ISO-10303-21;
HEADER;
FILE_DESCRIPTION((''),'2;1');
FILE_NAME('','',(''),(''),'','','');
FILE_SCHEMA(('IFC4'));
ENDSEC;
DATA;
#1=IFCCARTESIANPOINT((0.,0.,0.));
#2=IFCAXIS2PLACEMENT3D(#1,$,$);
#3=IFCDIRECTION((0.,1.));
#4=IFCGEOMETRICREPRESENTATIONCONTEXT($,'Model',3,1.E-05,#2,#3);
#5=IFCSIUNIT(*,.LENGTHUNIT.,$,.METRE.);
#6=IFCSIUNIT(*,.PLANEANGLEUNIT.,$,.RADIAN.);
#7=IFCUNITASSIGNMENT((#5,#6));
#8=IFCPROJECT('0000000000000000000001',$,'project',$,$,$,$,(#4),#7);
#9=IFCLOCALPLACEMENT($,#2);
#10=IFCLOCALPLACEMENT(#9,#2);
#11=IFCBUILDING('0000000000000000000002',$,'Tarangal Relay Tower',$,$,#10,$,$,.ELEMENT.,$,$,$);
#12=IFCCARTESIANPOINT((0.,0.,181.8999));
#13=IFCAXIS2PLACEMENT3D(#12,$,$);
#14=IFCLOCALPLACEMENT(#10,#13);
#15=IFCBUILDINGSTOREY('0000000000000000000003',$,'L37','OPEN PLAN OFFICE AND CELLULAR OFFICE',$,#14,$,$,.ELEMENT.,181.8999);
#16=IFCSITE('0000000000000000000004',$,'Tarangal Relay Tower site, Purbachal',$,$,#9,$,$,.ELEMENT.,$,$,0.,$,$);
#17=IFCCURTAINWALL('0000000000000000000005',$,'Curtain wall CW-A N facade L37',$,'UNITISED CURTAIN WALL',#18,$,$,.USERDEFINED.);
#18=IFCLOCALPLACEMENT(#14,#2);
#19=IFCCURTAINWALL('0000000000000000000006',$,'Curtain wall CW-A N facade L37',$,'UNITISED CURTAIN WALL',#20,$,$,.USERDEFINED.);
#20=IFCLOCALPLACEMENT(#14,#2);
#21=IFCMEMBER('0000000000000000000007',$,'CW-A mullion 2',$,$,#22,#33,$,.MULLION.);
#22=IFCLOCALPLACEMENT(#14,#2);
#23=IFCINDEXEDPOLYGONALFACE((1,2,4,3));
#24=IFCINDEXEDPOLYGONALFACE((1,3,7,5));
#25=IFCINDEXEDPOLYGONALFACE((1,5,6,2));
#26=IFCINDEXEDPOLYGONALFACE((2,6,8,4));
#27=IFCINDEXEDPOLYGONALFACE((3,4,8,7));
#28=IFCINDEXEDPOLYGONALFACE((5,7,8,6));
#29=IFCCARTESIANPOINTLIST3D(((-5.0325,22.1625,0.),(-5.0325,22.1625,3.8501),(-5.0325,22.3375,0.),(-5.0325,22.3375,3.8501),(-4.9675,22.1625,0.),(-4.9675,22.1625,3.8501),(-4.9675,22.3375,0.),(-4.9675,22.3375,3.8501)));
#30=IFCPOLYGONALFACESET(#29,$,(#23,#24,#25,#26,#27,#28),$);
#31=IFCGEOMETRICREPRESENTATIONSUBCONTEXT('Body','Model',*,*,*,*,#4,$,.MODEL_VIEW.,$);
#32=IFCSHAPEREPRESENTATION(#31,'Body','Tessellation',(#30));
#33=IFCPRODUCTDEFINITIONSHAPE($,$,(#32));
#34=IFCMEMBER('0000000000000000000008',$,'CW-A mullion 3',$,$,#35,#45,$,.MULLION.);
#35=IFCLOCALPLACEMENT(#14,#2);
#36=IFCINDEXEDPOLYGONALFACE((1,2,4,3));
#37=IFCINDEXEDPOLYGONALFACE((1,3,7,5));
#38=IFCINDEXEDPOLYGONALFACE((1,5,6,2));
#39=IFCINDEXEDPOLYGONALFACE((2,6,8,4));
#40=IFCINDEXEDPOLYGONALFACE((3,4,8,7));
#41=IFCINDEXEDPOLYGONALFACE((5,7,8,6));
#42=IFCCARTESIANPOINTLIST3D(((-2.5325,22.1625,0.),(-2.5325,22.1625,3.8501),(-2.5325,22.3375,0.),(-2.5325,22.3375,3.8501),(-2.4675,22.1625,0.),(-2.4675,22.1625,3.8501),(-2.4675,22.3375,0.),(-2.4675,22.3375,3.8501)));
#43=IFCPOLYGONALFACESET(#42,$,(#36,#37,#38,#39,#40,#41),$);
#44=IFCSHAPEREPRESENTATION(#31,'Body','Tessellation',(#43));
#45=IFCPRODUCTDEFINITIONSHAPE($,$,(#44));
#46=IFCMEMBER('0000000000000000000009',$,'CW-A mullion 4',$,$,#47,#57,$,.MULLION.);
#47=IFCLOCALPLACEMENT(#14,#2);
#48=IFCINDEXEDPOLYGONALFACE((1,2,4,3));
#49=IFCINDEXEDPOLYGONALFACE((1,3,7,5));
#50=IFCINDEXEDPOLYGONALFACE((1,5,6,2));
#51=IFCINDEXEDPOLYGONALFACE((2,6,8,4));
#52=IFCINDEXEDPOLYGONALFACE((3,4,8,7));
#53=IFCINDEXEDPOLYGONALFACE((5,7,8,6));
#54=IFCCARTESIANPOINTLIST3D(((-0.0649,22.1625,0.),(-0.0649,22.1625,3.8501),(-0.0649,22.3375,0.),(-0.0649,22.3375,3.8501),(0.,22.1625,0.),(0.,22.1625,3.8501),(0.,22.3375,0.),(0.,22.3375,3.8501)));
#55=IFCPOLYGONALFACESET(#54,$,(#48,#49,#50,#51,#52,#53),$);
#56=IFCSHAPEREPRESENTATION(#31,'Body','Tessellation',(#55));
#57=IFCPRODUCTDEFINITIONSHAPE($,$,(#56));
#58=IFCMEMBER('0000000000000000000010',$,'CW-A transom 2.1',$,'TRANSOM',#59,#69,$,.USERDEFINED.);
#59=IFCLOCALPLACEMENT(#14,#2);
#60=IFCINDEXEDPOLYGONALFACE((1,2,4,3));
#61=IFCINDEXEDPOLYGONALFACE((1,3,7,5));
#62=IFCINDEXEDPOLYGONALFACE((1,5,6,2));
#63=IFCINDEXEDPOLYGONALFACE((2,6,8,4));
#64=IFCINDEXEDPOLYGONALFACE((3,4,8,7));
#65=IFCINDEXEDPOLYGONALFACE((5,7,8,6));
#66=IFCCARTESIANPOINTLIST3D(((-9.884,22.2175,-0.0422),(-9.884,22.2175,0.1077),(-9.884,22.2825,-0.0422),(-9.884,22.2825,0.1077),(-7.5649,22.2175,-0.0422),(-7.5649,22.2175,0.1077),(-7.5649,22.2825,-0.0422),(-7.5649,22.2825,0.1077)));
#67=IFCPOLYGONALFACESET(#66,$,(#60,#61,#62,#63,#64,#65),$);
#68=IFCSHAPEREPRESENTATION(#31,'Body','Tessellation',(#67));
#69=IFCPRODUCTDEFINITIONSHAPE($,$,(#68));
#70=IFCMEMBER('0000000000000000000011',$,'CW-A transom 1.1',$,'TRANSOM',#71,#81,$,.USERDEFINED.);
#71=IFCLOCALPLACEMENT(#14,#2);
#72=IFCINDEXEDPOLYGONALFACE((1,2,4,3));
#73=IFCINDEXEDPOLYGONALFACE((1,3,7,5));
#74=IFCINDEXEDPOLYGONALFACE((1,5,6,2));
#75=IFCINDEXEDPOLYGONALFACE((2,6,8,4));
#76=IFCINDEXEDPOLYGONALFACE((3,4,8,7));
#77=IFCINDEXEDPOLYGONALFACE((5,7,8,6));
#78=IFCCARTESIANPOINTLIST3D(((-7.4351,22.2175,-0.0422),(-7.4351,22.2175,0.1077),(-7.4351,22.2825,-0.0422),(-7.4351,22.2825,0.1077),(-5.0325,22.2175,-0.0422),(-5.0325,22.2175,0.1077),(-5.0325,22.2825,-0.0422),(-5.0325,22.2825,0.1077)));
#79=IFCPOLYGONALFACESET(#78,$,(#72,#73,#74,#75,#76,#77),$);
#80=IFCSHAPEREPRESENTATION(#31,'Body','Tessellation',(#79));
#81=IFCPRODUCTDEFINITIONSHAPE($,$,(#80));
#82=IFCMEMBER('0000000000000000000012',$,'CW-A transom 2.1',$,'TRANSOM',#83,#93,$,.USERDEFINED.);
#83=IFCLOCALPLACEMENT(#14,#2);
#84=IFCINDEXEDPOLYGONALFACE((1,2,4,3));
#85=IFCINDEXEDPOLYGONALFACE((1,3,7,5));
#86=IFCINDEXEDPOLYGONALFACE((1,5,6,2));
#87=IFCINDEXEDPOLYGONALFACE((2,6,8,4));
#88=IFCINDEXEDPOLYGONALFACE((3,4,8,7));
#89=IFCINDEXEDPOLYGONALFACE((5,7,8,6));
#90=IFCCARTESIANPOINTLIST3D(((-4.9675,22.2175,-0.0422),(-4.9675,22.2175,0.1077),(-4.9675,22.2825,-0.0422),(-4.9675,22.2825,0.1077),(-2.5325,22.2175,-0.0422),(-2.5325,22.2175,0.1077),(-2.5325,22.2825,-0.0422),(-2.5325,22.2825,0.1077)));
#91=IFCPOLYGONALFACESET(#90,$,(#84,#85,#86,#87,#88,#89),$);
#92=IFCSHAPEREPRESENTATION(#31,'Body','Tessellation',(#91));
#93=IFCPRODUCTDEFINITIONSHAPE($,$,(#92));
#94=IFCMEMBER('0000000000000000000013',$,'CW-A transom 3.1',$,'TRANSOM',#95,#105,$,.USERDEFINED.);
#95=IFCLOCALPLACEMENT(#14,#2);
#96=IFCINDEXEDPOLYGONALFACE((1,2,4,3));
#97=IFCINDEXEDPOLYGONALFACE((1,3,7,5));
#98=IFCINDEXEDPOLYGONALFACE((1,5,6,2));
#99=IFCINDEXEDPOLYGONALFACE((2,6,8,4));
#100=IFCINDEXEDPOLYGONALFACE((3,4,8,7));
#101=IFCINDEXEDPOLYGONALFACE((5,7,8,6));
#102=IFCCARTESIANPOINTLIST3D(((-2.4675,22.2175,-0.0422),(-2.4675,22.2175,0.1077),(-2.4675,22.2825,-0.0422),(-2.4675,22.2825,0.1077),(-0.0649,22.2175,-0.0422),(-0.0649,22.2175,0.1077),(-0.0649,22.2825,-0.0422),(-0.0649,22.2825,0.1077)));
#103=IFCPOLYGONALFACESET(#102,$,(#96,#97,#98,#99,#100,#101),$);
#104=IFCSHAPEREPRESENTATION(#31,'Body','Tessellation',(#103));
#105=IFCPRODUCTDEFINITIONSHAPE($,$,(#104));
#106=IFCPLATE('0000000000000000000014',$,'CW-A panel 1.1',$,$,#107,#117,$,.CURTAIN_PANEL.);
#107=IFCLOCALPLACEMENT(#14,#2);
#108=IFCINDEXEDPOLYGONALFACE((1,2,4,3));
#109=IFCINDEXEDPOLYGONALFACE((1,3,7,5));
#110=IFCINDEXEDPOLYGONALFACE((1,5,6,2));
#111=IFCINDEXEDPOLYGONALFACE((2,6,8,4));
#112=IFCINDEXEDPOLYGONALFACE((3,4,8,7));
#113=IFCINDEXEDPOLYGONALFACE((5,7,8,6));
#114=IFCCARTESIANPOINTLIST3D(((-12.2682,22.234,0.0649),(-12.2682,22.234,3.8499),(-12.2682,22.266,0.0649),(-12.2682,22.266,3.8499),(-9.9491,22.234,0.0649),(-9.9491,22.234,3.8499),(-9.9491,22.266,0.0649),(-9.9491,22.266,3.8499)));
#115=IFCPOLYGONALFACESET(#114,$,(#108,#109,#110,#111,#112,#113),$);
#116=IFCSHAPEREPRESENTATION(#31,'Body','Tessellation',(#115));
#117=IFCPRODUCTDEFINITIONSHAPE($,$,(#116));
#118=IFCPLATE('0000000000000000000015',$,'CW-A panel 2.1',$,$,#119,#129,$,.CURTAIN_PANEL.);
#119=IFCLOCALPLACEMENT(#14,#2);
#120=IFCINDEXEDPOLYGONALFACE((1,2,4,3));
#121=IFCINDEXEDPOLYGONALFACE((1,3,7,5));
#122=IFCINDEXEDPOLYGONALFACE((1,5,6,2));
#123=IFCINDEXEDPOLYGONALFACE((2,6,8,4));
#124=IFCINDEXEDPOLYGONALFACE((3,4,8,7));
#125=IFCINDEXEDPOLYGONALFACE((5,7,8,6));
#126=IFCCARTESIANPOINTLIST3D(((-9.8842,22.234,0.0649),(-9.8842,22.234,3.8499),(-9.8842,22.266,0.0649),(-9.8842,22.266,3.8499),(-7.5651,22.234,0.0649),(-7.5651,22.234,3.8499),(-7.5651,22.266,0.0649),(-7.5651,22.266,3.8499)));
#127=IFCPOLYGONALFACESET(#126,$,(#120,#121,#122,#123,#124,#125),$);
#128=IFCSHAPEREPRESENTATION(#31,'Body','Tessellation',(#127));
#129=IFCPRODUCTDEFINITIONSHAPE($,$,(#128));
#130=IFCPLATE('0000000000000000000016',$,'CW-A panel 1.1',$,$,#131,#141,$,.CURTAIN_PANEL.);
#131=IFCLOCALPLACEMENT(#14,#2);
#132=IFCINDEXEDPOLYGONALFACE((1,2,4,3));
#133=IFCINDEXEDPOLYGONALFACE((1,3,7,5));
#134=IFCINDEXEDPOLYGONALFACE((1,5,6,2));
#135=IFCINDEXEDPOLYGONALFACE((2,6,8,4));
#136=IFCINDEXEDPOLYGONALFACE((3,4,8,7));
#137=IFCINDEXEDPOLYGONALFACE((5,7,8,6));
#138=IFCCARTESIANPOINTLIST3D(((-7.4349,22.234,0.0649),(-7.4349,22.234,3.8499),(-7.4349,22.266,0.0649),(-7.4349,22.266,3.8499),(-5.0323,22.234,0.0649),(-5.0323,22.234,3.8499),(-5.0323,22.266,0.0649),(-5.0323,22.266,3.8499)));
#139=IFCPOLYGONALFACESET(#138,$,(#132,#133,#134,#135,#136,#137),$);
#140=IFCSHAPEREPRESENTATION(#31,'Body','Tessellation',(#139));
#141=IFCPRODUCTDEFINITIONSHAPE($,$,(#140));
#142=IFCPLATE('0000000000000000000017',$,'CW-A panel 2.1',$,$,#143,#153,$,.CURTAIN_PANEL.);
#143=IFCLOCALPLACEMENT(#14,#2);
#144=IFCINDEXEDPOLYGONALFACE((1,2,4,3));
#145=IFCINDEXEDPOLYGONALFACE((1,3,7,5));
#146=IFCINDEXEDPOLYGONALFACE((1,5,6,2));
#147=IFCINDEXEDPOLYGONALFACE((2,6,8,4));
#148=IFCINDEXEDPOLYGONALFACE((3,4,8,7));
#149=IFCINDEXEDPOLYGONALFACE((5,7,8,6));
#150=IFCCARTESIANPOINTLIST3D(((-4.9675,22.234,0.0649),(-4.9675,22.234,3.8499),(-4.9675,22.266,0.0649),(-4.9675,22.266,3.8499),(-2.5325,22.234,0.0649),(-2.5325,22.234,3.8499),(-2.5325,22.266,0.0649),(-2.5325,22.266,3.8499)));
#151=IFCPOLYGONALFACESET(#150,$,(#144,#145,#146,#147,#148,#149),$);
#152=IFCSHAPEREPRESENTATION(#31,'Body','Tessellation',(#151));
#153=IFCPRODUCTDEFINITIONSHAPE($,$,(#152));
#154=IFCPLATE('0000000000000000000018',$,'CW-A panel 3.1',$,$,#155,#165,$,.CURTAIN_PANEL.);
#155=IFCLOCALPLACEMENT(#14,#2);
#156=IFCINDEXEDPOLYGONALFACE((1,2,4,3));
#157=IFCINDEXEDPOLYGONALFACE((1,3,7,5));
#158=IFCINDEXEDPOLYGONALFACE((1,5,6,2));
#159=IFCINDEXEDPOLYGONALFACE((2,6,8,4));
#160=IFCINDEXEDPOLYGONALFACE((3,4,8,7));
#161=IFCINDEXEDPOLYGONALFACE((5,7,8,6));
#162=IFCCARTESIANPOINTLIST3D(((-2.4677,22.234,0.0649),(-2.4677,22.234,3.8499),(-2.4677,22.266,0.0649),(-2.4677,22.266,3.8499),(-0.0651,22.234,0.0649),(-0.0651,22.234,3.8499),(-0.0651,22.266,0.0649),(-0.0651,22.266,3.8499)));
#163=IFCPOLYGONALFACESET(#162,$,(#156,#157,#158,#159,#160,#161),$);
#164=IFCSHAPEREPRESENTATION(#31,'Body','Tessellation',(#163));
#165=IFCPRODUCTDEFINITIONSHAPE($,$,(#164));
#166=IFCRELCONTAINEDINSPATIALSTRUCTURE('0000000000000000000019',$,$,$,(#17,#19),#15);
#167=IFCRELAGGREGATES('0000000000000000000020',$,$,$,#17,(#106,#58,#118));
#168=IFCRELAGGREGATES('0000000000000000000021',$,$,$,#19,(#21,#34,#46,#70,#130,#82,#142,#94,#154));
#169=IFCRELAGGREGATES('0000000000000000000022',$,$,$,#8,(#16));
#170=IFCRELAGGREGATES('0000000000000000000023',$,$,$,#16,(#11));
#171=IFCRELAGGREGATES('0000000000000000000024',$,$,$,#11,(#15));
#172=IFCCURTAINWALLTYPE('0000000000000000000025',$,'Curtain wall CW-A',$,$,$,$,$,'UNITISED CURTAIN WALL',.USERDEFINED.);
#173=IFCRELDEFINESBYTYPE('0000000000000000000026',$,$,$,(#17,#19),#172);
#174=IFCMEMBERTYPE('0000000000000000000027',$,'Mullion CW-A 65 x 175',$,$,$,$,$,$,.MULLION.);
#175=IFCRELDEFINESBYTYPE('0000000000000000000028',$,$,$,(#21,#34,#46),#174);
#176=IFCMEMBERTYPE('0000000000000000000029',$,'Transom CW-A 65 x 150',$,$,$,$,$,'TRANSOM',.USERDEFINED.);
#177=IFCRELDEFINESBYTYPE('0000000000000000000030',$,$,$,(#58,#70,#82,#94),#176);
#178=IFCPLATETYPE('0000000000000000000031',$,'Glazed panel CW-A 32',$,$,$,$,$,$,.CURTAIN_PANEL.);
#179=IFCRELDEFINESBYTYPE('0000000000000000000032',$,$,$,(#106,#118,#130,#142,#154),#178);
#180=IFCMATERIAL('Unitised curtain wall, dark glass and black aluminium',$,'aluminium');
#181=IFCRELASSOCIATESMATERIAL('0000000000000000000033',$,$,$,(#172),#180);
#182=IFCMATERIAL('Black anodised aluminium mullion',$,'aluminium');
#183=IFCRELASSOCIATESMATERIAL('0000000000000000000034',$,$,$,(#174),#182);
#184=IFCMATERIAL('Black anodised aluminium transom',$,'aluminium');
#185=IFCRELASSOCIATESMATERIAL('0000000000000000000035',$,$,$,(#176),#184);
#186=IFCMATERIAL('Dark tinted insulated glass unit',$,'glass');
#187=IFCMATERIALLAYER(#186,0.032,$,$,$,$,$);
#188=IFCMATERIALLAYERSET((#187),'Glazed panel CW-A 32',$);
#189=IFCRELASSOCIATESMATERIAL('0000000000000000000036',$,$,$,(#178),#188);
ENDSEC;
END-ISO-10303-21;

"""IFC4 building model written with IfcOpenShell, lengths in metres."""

from ifc_helpers import new_model, si_unit, direction, frame, origin, origin_2d, place, context, subcontext, project, spatial, rectangle, extrude, material, layer, layer_set, material_profile, profile_set, type_object, element, aggregate, save


model = new_model("IFC4")

# Units and contexts
model_context = context("Model", 3, precision=1e-05, world=origin(), true_north=direction((0.0, 1.0)))
body_context = subcontext(model_context, "Body", "Model", "MODEL_VIEW")
ifc_project = project(units=[si_unit("LENGTHUNIT", "METRE"), si_unit("PLANEANGLEUNIT", "RADIAN")], contexts=[model_context])

# Site, building, storey
site_placement = place(None, origin())
site = spatial("IfcSite", under=ifc_project, at=site_placement, Name="Tarangal Relay Tower site, Purbachal", CompositionType="ELEMENT", RefElevation=0.0)
building_placement = place(site_placement, origin())
building = spatial("IfcBuilding", under=site, at=building_placement, Name="Tarangal Relay Tower", CompositionType="ELEMENT")
storey_placement = place(building_placement, frame((0.0, 0.0, 181.8999)))
storey = spatial("IfcBuildingStorey", under=building, at=storey_placement, Name="L37", Description="OPEN PLAN OFFICE AND CELLULAR OFFICE", CompositionType="ELEMENT", Elevation=181.8999)

# Curtain walls, members
ifc_material_1 = material(Name="Unitised curtain wall, dark glass and black aluminium", Category="aluminium")
curtain_wall_type = type_object("IfcCurtainWallType", Name="Curtain wall CW-A", ElementType="UNITISED CURTAIN WALL", PredefinedType="USERDEFINED", material=ifc_material_1)
curtain_wall_1_placement = place(storey_placement, origin())
curtain_wall_1 = element("IfcCurtainWall", 1, at=curtain_wall_1_placement, inside=storey, type_object=curtain_wall_type, Name="Curtain wall CW-A N facade L37", ObjectType="UNITISED CURTAIN WALL", PredefinedType="USERDEFINED")
ifc_material_2 = material(Name="Black anodised aluminium mullion", Category="aluminium")
ifc_material_profile_1 = material_profile(ifc_material_2, rectangle(XDim=0.175, YDim=0.0649, at=origin_2d()), Name="CW-AM 65X175")
ifc_profile_set_1 = profile_set([ifc_material_profile_1], Name="Black anodised aluminium mullion")
member_type_1 = type_object("IfcMemberType", Name="Mullion CW-A 65 x 175", PredefinedType="MULLION", material=ifc_profile_set_1)
curtain_wall_2_placement = place(storey_placement, origin())
curtain_wall_2 = element("IfcCurtainWall", 2, at=curtain_wall_2_placement, inside=storey, type_object=curtain_wall_type, Name="Curtain wall CW-A N facade L37", ObjectType="UNITISED CURTAIN WALL", PredefinedType="USERDEFINED")
member_1_placement = place(storey_placement, frame((-5.0, 22.25, 0.0), z_axis=(0.0, 0.0, 1.0), x_axis=(0.0, 1.0, 0.0)))
member_1 = element("IfcMember", 3, at=member_1_placement, type_object=member_type_1, Name="CW-A mullion 2", PredefinedType="MULLION", context=body_context, shape_type="SweptSolid", body=[
    extrude(rectangle(XDim=0.175, YDim=0.0649, at=origin_2d()), origin(), (0.0, 0.0, 1.0), 3.8501),
])
member_2_placement = place(storey_placement, frame((-2.5, 22.25, 0.0), z_axis=(0.0, 0.0, 1.0), x_axis=(0.0, 1.0, 0.0)))
member_2 = element("IfcMember", 4, at=member_2_placement, type_object=member_type_1, Name="CW-A mullion 3", PredefinedType="MULLION", context=body_context, shape_type="SweptSolid", body=[
    extrude(rectangle(XDim=0.175, YDim=0.0649, at=origin_2d()), origin(), (0.0, 0.0, 1.0), 3.8501),
])
member_3_placement = place(storey_placement, frame((-0.0325, 22.25, 0.0), z_axis=(0.0, 0.0, 1.0), x_axis=(0.0, 1.0, 0.0)))
member_3 = element("IfcMember", 5, at=member_3_placement, type_object=member_type_1, Name="CW-A mullion 4", PredefinedType="MULLION", context=body_context, shape_type="SweptSolid", body=[
    extrude(rectangle(XDim=0.175, YDim=0.0649, at=origin_2d()), origin(), (0.0, 0.0, 1.0), 3.8501),
])

# Members
ifc_material_3 = material(Name="Black anodised aluminium transom", Category="aluminium")
ifc_material_profile_2 = material_profile(ifc_material_3, rectangle(XDim=0.0649, YDim=0.1499, at=origin_2d()), Name="CW-AT 65X150")
ifc_profile_set_2 = profile_set([ifc_material_profile_2], Name="Black anodised aluminium transom")
member_type_2 = type_object("IfcMemberType", Name="Transom CW-A 65 x 150", ElementType="TRANSOM", PredefinedType="USERDEFINED", material=ifc_profile_set_2)
member_4_placement = place(storey_placement, frame((-9.884, 22.25, 0.0327), z_axis=(1.0, 0.0, 0.0), x_axis=(0.0, 1.0, 0.0)))
member_4 = element("IfcMember", 6, at=member_4_placement, type_object=member_type_2, Name="CW-A transom 2.1", ObjectType="TRANSOM", PredefinedType="USERDEFINED", context=body_context, shape_type="SweptSolid", body=[
    extrude(rectangle(XDim=0.0649, YDim=0.1499, at=origin_2d()), origin(), (0.0, 0.0, 1.0), 2.3191),
])
member_5_placement = place(storey_placement, frame((-7.4351, 22.25, 0.0327), z_axis=(1.0, 0.0, 0.0), x_axis=(0.0, 1.0, 0.0)))
member_5 = element("IfcMember", 7, at=member_5_placement, type_object=member_type_2, Name="CW-A transom 1.1", ObjectType="TRANSOM", PredefinedType="USERDEFINED", context=body_context, shape_type="SweptSolid", body=[
    extrude(rectangle(XDim=0.0649, YDim=0.1499, at=origin_2d()), origin(), (0.0, 0.0, 1.0), 2.4026),
])
member_6_placement = place(storey_placement, frame((-4.9675, 22.25, 0.0327), z_axis=(1.0, 0.0, 0.0), x_axis=(0.0, 1.0, 0.0)))
member_6 = element("IfcMember", 8, at=member_6_placement, type_object=member_type_2, Name="CW-A transom 2.1", ObjectType="TRANSOM", PredefinedType="USERDEFINED", context=body_context, shape_type="SweptSolid", body=[
    extrude(rectangle(XDim=0.0649, YDim=0.1499, at=origin_2d()), origin(), (0.0, 0.0, 1.0), 2.4351),
])
member_7_placement = place(storey_placement, frame((-2.4675, 22.25, 0.0327), z_axis=(1.0, 0.0, 0.0), x_axis=(0.0, 1.0, 0.0)))
member_7 = element("IfcMember", 9, at=member_7_placement, type_object=member_type_2, Name="CW-A transom 3.1", ObjectType="TRANSOM", PredefinedType="USERDEFINED", context=body_context, shape_type="SweptSolid", body=[
    extrude(rectangle(XDim=0.0649, YDim=0.1499, at=origin_2d()), origin(), (0.0, 0.0, 1.0), 2.4026),
])

# Plates
ifc_material_4 = material(Name="Dark tinted insulated glass unit", Category="glass")
ifc_layer_1 = layer(ifc_material_4, 0.032)
ifc_layer_set_1 = layer_set([ifc_layer_1], Name="Glazed panel CW-A 32")
plate_type = type_object("IfcPlateType", Name="Glazed panel CW-A 32", PredefinedType="CURTAIN_PANEL", material=ifc_layer_set_1)
plate_1_placement = place(storey_placement, frame((-11.1086, 22.25, 0.0649), z_axis=(0.0, 0.0, 1.0), x_axis=(1.0, 0.0, 0.0)))
plate_1 = element("IfcPlate", 10, at=plate_1_placement, type_object=plate_type, Name="CW-A panel 1.1", PredefinedType="CURTAIN_PANEL", context=body_context, shape_type="SweptSolid", body=[
    extrude(rectangle(XDim=2.3191, YDim=0.032, at=origin_2d()), origin(), (0.0, 0.0, 1.0), 3.7849),
])
plate_2_placement = place(storey_placement, frame((-8.7246, 22.25, 0.0649), z_axis=(0.0, 0.0, 1.0), x_axis=(1.0, 0.0, 0.0)))
plate_2 = element("IfcPlate", 11, at=plate_2_placement, type_object=plate_type, Name="CW-A panel 2.1", PredefinedType="CURTAIN_PANEL", context=body_context, shape_type="SweptSolid", body=[
    extrude(rectangle(XDim=2.3191, YDim=0.032, at=origin_2d()), origin(), (0.0, 0.0, 1.0), 3.7849),
])
aggregate(curtain_wall_1, [plate_1, member_4, plate_2])
plate_3_placement = place(storey_placement, frame((-6.2336, 22.25, 0.0649), z_axis=(0.0, 0.0, 1.0), x_axis=(1.0, 0.0, 0.0)))
plate_3 = element("IfcPlate", 12, at=plate_3_placement, type_object=plate_type, Name="CW-A panel 1.1", PredefinedType="CURTAIN_PANEL", context=body_context, shape_type="SweptSolid", body=[
    extrude(rectangle(XDim=2.4026, YDim=0.032, at=origin_2d()), origin(), (0.0, 0.0, 1.0), 3.7849),
])
plate_4_placement = place(storey_placement, frame((-3.75, 22.25, 0.0649), z_axis=(0.0, 0.0, 1.0), x_axis=(1.0, 0.0, 0.0)))
plate_4 = element("IfcPlate", 13, at=plate_4_placement, type_object=plate_type, Name="CW-A panel 2.1", PredefinedType="CURTAIN_PANEL", context=body_context, shape_type="SweptSolid", body=[
    extrude(rectangle(XDim=2.4351, YDim=0.032, at=origin_2d()), origin(), (0.0, 0.0, 1.0), 3.7849),
])
plate_5_placement = place(storey_placement, frame((-1.2664, 22.25, 0.0649), z_axis=(0.0, 0.0, 1.0), x_axis=(1.0, 0.0, 0.0)))
plate_5 = element("IfcPlate", 14, at=plate_5_placement, type_object=plate_type, Name="CW-A panel 3.1", PredefinedType="CURTAIN_PANEL", context=body_context, shape_type="SweptSolid", body=[
    extrude(rectangle(XDim=2.4026, YDim=0.032, at=origin_2d()), origin(), (0.0, 0.0, 1.0), 3.7849),
])
aggregate(curtain_wall_2, [member_1, member_2, member_3, member_5, plate_3, member_6, plate_4, member_7, plate_5])

save(model, "model.ifc")
